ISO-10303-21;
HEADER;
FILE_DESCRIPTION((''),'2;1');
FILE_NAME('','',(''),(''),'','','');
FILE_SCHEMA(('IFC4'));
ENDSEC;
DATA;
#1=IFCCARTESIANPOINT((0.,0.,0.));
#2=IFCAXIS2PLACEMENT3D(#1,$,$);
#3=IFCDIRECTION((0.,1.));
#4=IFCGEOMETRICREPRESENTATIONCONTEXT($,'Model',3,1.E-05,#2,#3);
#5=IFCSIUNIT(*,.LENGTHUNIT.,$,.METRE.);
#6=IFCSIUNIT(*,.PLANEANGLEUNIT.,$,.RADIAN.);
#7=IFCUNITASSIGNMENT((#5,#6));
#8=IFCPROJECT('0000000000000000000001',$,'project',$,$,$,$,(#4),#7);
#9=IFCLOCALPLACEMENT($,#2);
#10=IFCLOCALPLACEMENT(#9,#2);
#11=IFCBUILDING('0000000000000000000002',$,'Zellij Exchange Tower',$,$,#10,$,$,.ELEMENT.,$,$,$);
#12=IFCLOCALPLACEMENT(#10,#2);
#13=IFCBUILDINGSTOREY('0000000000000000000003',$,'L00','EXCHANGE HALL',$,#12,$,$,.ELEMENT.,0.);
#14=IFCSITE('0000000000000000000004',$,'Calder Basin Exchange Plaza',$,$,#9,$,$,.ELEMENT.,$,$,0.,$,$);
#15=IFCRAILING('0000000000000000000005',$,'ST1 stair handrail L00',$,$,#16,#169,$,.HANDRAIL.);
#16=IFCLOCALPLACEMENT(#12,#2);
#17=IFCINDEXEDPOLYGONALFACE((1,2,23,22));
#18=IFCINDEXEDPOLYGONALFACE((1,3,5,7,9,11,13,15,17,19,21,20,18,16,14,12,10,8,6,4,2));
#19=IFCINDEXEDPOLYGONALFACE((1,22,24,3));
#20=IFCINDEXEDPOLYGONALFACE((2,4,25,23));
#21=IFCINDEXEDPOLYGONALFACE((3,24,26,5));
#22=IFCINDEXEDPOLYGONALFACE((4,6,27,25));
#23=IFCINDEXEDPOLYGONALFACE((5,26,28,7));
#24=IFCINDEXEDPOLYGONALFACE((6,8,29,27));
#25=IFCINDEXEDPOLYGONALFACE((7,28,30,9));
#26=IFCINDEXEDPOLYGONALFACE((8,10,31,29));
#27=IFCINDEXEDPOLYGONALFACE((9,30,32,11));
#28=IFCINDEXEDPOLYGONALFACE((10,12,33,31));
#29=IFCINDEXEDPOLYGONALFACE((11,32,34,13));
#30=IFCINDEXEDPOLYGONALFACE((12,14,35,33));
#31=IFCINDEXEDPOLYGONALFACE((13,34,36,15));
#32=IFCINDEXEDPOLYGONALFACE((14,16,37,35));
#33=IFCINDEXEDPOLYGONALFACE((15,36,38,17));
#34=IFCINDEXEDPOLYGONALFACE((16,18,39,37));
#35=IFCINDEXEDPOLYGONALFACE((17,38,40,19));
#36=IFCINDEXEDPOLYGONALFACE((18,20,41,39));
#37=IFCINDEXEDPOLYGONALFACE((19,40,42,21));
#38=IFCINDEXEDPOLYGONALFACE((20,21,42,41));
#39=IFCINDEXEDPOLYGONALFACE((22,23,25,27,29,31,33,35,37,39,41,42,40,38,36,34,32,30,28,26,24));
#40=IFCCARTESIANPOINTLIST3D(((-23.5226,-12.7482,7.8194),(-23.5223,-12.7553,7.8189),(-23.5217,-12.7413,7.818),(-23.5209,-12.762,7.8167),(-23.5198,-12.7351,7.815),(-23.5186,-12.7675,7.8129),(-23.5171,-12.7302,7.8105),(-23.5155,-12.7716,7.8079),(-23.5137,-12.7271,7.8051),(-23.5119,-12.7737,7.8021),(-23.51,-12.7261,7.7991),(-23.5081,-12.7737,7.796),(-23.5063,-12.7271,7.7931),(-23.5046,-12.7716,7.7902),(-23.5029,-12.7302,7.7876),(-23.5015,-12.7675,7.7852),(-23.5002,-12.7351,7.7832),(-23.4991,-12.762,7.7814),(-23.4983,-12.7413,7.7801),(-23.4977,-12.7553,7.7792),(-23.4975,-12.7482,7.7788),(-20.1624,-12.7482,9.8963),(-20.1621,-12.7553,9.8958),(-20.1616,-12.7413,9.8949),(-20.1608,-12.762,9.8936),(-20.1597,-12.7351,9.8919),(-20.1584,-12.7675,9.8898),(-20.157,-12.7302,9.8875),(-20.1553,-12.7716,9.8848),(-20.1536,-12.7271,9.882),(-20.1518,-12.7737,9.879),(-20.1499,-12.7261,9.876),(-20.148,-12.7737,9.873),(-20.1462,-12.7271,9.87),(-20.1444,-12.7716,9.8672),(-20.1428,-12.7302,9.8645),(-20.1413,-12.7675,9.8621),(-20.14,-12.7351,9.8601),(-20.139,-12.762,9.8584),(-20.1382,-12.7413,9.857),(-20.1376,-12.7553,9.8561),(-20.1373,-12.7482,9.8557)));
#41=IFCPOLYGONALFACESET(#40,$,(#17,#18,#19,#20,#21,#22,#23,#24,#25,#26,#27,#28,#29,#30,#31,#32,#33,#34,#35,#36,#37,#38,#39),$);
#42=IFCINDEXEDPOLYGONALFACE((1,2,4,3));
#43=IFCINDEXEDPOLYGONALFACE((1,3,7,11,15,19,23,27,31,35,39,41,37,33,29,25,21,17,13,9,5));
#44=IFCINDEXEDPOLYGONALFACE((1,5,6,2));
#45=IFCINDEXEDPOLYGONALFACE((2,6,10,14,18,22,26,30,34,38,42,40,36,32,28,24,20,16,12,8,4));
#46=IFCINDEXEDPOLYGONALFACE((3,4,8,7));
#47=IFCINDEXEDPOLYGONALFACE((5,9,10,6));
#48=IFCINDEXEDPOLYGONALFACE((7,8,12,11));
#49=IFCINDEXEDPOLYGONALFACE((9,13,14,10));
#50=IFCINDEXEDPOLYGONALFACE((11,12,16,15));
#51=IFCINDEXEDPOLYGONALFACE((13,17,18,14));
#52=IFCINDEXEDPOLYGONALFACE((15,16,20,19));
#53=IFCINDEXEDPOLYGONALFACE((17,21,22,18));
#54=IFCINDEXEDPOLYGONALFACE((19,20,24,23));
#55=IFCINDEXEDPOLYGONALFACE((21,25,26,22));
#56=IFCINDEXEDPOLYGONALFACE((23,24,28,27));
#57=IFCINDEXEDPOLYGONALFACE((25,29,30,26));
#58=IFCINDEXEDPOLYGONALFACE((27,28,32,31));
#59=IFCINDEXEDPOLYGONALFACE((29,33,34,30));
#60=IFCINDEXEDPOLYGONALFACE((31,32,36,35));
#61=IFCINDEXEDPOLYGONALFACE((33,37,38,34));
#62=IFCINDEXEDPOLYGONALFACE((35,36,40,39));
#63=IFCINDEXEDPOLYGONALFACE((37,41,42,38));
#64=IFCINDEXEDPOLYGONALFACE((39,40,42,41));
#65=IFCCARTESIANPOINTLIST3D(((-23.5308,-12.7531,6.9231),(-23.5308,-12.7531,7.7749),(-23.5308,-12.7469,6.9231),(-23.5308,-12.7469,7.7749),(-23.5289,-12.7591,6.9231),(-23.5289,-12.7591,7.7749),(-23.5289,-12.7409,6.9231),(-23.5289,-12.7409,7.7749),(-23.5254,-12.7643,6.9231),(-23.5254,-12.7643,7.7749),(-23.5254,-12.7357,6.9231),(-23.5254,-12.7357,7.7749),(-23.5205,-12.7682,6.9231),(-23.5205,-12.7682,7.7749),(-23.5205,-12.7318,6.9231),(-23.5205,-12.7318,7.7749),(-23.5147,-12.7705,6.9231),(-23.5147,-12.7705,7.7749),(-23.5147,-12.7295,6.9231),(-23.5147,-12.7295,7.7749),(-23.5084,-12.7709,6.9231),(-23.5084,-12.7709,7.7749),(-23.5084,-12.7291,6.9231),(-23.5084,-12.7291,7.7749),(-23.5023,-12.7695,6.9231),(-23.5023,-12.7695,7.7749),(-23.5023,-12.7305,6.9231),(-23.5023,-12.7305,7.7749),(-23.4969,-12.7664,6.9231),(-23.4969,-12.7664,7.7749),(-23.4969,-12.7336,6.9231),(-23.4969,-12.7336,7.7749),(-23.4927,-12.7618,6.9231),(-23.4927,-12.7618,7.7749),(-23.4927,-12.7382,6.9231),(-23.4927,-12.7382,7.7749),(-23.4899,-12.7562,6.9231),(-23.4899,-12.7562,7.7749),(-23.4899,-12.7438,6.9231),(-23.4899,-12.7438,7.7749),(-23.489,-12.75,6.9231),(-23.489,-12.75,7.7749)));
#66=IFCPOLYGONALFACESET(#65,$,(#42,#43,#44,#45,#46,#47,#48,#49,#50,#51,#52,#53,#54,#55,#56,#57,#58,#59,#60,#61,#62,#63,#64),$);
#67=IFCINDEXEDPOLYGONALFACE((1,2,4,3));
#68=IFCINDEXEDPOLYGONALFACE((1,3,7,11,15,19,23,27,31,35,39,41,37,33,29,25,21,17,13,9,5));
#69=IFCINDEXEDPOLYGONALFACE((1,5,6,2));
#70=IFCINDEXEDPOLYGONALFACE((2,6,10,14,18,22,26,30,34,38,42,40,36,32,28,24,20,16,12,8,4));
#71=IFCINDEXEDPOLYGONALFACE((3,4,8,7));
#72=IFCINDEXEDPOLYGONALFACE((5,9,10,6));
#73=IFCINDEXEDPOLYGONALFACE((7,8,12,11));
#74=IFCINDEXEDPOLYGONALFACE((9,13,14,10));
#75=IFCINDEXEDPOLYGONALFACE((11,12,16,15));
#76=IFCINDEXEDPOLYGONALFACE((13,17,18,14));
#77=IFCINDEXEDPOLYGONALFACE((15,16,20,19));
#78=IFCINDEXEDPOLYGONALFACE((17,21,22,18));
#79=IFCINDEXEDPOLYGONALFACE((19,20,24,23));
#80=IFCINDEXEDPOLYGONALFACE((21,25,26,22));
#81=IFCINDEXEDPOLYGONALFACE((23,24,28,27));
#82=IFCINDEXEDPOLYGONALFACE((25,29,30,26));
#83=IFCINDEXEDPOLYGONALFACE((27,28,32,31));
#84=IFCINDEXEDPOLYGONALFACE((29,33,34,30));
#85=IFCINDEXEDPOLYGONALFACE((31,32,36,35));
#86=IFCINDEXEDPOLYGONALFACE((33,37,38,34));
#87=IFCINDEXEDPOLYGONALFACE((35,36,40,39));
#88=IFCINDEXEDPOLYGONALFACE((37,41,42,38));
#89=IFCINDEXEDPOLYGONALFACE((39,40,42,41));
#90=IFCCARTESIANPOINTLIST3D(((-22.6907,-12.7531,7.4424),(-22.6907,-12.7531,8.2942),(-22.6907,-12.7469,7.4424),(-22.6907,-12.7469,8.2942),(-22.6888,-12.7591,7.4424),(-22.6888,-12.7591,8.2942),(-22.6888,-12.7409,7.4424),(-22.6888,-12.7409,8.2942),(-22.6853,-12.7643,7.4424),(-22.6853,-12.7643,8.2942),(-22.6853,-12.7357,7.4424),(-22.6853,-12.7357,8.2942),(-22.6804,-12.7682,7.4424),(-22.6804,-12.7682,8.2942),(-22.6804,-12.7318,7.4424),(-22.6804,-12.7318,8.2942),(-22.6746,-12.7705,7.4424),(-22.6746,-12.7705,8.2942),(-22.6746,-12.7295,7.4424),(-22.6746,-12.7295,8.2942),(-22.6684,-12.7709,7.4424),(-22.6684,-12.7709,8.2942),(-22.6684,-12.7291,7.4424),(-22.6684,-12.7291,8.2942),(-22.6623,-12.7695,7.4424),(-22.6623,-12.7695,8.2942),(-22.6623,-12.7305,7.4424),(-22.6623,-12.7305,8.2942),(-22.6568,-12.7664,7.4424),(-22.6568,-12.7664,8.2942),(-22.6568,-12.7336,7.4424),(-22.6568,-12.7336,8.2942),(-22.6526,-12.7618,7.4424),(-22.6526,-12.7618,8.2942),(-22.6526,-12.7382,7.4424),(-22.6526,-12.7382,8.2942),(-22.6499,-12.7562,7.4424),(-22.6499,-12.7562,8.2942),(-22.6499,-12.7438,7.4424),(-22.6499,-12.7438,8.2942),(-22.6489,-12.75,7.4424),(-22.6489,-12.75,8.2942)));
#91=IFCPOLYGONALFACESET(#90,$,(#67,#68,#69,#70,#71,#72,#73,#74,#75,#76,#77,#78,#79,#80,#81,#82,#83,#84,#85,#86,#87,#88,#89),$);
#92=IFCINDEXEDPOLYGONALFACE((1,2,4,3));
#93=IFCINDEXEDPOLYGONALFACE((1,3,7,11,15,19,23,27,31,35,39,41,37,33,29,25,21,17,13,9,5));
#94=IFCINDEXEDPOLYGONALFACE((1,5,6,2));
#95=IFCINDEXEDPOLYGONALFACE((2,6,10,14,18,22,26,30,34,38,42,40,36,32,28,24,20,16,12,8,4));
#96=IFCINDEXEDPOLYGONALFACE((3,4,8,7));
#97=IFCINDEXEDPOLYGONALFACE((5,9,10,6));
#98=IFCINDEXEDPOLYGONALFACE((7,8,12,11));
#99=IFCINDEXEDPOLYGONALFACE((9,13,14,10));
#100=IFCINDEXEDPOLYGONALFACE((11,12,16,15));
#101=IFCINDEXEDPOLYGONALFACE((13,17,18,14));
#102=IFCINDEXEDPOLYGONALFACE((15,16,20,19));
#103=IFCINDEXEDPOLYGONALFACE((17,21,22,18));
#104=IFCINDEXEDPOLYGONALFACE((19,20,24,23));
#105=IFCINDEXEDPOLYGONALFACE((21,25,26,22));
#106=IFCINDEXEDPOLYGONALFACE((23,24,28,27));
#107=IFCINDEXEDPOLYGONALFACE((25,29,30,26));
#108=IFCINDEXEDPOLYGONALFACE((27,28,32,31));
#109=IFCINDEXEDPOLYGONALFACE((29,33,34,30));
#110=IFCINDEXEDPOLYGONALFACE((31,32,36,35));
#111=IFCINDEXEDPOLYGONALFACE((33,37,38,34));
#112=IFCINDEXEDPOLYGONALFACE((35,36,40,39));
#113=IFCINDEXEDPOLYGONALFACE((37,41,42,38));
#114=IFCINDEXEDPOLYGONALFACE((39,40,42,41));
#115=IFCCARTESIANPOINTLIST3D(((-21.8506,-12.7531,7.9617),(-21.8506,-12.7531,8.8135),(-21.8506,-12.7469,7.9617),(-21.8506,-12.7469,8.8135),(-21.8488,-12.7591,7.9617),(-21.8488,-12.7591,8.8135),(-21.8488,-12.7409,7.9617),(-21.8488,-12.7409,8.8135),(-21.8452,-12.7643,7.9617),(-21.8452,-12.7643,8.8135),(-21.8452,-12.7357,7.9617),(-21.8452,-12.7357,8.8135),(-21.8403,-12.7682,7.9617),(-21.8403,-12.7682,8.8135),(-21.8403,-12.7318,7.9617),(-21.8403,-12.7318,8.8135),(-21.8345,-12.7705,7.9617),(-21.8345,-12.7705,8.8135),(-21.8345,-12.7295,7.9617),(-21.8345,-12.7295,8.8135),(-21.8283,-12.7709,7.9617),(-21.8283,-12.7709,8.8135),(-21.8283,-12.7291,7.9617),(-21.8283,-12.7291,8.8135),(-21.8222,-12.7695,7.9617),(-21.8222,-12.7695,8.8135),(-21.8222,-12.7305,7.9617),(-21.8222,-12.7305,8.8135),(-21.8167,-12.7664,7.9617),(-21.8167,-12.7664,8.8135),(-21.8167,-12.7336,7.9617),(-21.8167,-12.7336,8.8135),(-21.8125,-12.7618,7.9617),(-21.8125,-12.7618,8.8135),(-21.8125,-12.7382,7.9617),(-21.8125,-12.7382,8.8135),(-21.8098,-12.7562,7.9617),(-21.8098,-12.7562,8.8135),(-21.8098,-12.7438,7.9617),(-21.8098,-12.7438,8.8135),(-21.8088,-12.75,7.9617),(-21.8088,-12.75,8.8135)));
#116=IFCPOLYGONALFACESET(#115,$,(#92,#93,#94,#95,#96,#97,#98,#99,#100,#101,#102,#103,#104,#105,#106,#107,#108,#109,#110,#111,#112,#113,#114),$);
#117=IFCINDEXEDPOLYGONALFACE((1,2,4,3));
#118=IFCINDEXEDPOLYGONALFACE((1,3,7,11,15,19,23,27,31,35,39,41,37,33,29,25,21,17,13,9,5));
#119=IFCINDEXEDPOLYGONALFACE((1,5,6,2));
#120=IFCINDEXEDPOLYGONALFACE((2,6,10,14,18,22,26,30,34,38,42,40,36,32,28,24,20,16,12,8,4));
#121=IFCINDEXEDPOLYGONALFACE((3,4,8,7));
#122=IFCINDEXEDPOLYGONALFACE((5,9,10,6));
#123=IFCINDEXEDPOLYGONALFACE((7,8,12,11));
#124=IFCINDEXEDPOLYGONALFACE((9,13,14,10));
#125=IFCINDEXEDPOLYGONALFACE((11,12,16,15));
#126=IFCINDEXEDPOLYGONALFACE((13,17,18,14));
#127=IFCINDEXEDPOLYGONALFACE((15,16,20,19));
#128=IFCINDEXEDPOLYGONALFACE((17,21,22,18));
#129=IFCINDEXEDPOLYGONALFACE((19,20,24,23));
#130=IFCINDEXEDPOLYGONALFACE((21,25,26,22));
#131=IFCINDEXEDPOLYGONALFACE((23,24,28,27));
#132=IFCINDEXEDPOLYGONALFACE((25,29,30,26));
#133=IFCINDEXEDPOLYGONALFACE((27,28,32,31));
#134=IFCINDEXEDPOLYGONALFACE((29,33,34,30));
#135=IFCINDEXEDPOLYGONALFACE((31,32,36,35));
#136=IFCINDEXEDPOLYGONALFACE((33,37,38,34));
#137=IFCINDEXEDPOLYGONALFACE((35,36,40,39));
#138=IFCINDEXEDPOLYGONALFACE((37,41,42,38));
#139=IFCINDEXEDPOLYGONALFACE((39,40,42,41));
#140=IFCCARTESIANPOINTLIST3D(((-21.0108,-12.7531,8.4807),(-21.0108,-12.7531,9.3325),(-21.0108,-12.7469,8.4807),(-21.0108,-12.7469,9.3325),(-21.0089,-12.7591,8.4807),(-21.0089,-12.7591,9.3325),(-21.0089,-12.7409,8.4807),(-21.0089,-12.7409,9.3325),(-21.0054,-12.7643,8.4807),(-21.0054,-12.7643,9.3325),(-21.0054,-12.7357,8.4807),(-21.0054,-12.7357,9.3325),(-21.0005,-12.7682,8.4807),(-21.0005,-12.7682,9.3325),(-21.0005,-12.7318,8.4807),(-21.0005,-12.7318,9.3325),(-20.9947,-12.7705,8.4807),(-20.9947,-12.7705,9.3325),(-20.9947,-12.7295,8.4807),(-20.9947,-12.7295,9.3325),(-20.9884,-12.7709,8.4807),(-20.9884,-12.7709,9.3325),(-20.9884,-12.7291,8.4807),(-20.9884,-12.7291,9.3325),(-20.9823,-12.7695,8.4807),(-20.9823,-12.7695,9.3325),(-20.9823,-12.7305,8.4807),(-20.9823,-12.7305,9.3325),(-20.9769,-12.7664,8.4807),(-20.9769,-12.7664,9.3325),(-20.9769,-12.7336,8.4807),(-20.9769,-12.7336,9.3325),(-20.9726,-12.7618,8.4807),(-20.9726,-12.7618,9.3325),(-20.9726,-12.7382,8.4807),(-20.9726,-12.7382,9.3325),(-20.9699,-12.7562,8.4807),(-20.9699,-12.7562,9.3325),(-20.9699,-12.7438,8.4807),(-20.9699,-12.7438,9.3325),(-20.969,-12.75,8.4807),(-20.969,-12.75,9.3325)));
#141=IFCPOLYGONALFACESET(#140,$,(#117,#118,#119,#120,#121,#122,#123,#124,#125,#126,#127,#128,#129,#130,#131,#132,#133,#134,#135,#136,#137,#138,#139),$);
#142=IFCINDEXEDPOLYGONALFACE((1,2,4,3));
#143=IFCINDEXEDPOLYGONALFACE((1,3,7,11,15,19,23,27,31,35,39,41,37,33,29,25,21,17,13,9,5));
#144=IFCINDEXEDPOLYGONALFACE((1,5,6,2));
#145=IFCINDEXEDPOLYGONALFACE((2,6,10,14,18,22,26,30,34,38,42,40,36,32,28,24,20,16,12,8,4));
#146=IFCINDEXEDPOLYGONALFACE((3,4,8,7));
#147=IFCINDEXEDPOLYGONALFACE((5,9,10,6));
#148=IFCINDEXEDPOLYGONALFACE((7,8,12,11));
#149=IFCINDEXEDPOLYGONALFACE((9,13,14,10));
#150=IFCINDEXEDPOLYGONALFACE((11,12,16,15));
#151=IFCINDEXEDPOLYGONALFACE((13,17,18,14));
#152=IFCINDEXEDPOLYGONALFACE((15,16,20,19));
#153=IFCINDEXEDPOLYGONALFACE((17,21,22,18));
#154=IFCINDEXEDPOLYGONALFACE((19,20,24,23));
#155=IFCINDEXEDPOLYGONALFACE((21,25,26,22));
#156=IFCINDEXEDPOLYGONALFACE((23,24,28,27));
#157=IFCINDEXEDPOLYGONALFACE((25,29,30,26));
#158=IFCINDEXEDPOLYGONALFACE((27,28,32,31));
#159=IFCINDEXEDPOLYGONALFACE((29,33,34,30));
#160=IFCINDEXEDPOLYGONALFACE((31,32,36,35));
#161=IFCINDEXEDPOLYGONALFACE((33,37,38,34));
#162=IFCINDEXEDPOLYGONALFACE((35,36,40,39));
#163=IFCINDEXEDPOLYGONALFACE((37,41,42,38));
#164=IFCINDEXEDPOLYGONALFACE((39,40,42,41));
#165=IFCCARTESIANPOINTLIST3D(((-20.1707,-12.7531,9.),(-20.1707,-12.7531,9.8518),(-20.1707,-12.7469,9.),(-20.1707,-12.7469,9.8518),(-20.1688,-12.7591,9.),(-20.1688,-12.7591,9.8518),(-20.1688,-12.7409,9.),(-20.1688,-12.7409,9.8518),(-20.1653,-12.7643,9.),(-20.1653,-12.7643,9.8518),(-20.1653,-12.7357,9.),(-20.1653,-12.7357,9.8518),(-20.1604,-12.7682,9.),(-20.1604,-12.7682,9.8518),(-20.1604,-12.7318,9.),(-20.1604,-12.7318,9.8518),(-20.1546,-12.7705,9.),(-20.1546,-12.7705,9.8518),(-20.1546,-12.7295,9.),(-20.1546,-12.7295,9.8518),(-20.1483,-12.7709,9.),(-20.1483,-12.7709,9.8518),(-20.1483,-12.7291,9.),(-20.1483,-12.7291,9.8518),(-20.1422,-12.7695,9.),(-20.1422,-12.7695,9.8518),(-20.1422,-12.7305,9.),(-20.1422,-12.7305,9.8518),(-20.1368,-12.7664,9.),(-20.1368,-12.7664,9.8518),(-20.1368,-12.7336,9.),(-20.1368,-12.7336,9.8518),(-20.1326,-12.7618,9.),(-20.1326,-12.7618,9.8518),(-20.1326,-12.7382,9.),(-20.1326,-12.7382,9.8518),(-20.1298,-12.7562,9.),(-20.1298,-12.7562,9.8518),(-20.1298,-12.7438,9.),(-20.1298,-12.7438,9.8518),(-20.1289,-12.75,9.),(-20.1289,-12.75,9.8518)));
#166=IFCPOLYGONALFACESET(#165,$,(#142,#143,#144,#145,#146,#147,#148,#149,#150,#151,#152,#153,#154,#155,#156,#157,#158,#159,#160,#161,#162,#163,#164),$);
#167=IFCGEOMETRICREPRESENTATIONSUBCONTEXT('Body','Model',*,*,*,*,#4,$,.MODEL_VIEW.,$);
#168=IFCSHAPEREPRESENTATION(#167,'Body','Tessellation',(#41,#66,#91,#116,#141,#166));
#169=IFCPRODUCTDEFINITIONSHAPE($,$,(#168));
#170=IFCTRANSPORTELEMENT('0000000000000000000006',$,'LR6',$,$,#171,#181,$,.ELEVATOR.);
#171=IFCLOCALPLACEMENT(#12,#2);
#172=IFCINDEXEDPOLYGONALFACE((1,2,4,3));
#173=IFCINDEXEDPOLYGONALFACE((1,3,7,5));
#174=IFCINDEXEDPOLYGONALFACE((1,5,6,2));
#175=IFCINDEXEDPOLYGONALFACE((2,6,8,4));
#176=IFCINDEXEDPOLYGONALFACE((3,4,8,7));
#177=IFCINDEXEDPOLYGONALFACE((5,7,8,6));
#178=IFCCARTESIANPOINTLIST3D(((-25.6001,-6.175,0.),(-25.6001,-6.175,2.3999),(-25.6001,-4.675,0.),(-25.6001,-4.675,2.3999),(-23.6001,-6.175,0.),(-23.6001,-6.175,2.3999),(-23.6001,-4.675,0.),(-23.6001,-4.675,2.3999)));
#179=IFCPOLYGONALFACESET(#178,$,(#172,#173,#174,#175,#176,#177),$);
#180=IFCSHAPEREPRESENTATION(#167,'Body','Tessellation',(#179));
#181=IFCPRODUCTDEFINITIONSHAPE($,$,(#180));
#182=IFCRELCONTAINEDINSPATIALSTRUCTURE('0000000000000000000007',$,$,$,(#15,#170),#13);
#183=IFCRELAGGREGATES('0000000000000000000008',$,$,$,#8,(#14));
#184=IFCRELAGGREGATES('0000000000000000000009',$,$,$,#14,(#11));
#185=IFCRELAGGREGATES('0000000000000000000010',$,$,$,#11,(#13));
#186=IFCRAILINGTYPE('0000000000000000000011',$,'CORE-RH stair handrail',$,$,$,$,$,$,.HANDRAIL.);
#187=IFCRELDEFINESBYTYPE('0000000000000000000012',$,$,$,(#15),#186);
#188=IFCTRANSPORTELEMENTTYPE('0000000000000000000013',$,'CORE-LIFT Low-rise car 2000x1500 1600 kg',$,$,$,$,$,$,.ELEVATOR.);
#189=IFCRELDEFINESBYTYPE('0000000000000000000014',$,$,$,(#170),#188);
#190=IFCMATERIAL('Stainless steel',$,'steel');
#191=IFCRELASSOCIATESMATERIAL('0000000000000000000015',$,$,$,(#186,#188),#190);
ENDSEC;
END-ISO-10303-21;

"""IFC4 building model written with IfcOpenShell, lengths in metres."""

from ifc_helpers import new_model, si_unit, direction, frame, origin, origin_2d, place, context, subcontext, project, spatial, rectangle, circle, extrude, material, type_object, element, save


model = new_model("IFC4")

# Units and contexts
model_context = context("Model", 3, precision=1e-05, world=origin(), true_north=direction((0.0, 1.0)))
body_context = subcontext(model_context, "Body", "Model", "MODEL_VIEW")
ifc_project = project(units=[si_unit("LENGTHUNIT", "METRE"), si_unit("PLANEANGLEUNIT", "RADIAN")], contexts=[model_context])

# Site, building, storey
site_placement = place(None, origin())
site = spatial("IfcSite", under=ifc_project, at=site_placement, Name="Calder Basin Exchange Plaza", CompositionType="ELEMENT", RefElevation=0.0)
building_placement = place(site_placement, origin())
building = spatial("IfcBuilding", under=site, at=building_placement, Name="Zellij Exchange Tower", CompositionType="ELEMENT")
storey_placement = place(building_placement, origin())
storey = spatial("IfcBuildingStorey", under=building, at=storey_placement, Name="L00", Description="EXCHANGE HALL", CompositionType="ELEMENT", Elevation=0.0)

# Railing
ifc_material_1 = material(Name="Stainless steel", Category="steel")
railing_type_1 = type_object("IfcRailingType", Name="CORE-RH stair handrail", PredefinedType="HANDRAIL", material=ifc_material_1)
railing_1_placement = place(storey_placement, frame((-23.51, -12.75, 6.9231)))
element("IfcRailing", 1, at=railing_1_placement, inside=storey, type_object=railing_type_1, Name="ST1 stair handrail L00", PredefinedType="HANDRAIL", context=body_context, shape_type="SweptSolid", body=[
    extrude(circle(Radius=0.0239, at=origin_2d()), frame((0.0, 0.0, 0.876), z_axis=(0.850623, 0.0, 0.525776), x_axis=(0.0, 1.0, 0.0)), (0.0, 0.0, 1.0), 3.9502),
    extrude(circle(Radius=0.021, at=origin_2d()), origin(), (0.0, 0.0, 1.0), 0.8518),
    extrude(circle(Radius=0.021, at=origin_2d()), frame((0.8401, 0.0, 0.5193)), (0.0, 0.0, 1.0), 0.8518),
    extrude(circle(Radius=0.021, at=origin_2d()), frame((1.6802, 0.0, 1.0386)), (0.0, 0.0, 1.0), 0.8518),
    extrude(circle(Radius=0.021, at=origin_2d()), frame((2.52, 0.0, 1.5576)), (0.0, 0.0, 1.0), 0.8518),
    extrude(circle(Radius=0.021, at=origin_2d()), frame((3.3601, 0.0, 2.0769)), (0.0, 0.0, 1.0), 0.8518),
])

# Transport element
transport_element_type = type_object("IfcTransportElementType", Name="CORE-LIFT Low-rise car 2000x1500 1600 kg", PredefinedType="ELEVATOR", material=ifc_material_1)
transport_element_placement = place(storey_placement, frame((-24.6001, -5.425, 0.0), z_axis=(0.0, 0.0, 1.0), x_axis=(1.0, 0.0, 0.0)))
element("IfcTransportElement", 2, at=transport_element_placement, inside=storey, type_object=transport_element_type, Name="LR6", PredefinedType="ELEVATOR", context=body_context, shape_type="SweptSolid", body=[
    extrude(rectangle(XDim=2.0, YDim=1.5, at=origin_2d()), origin(), (0.0, 0.0, 1.0), 2.3999),
])

save(model, "model.ifc")
